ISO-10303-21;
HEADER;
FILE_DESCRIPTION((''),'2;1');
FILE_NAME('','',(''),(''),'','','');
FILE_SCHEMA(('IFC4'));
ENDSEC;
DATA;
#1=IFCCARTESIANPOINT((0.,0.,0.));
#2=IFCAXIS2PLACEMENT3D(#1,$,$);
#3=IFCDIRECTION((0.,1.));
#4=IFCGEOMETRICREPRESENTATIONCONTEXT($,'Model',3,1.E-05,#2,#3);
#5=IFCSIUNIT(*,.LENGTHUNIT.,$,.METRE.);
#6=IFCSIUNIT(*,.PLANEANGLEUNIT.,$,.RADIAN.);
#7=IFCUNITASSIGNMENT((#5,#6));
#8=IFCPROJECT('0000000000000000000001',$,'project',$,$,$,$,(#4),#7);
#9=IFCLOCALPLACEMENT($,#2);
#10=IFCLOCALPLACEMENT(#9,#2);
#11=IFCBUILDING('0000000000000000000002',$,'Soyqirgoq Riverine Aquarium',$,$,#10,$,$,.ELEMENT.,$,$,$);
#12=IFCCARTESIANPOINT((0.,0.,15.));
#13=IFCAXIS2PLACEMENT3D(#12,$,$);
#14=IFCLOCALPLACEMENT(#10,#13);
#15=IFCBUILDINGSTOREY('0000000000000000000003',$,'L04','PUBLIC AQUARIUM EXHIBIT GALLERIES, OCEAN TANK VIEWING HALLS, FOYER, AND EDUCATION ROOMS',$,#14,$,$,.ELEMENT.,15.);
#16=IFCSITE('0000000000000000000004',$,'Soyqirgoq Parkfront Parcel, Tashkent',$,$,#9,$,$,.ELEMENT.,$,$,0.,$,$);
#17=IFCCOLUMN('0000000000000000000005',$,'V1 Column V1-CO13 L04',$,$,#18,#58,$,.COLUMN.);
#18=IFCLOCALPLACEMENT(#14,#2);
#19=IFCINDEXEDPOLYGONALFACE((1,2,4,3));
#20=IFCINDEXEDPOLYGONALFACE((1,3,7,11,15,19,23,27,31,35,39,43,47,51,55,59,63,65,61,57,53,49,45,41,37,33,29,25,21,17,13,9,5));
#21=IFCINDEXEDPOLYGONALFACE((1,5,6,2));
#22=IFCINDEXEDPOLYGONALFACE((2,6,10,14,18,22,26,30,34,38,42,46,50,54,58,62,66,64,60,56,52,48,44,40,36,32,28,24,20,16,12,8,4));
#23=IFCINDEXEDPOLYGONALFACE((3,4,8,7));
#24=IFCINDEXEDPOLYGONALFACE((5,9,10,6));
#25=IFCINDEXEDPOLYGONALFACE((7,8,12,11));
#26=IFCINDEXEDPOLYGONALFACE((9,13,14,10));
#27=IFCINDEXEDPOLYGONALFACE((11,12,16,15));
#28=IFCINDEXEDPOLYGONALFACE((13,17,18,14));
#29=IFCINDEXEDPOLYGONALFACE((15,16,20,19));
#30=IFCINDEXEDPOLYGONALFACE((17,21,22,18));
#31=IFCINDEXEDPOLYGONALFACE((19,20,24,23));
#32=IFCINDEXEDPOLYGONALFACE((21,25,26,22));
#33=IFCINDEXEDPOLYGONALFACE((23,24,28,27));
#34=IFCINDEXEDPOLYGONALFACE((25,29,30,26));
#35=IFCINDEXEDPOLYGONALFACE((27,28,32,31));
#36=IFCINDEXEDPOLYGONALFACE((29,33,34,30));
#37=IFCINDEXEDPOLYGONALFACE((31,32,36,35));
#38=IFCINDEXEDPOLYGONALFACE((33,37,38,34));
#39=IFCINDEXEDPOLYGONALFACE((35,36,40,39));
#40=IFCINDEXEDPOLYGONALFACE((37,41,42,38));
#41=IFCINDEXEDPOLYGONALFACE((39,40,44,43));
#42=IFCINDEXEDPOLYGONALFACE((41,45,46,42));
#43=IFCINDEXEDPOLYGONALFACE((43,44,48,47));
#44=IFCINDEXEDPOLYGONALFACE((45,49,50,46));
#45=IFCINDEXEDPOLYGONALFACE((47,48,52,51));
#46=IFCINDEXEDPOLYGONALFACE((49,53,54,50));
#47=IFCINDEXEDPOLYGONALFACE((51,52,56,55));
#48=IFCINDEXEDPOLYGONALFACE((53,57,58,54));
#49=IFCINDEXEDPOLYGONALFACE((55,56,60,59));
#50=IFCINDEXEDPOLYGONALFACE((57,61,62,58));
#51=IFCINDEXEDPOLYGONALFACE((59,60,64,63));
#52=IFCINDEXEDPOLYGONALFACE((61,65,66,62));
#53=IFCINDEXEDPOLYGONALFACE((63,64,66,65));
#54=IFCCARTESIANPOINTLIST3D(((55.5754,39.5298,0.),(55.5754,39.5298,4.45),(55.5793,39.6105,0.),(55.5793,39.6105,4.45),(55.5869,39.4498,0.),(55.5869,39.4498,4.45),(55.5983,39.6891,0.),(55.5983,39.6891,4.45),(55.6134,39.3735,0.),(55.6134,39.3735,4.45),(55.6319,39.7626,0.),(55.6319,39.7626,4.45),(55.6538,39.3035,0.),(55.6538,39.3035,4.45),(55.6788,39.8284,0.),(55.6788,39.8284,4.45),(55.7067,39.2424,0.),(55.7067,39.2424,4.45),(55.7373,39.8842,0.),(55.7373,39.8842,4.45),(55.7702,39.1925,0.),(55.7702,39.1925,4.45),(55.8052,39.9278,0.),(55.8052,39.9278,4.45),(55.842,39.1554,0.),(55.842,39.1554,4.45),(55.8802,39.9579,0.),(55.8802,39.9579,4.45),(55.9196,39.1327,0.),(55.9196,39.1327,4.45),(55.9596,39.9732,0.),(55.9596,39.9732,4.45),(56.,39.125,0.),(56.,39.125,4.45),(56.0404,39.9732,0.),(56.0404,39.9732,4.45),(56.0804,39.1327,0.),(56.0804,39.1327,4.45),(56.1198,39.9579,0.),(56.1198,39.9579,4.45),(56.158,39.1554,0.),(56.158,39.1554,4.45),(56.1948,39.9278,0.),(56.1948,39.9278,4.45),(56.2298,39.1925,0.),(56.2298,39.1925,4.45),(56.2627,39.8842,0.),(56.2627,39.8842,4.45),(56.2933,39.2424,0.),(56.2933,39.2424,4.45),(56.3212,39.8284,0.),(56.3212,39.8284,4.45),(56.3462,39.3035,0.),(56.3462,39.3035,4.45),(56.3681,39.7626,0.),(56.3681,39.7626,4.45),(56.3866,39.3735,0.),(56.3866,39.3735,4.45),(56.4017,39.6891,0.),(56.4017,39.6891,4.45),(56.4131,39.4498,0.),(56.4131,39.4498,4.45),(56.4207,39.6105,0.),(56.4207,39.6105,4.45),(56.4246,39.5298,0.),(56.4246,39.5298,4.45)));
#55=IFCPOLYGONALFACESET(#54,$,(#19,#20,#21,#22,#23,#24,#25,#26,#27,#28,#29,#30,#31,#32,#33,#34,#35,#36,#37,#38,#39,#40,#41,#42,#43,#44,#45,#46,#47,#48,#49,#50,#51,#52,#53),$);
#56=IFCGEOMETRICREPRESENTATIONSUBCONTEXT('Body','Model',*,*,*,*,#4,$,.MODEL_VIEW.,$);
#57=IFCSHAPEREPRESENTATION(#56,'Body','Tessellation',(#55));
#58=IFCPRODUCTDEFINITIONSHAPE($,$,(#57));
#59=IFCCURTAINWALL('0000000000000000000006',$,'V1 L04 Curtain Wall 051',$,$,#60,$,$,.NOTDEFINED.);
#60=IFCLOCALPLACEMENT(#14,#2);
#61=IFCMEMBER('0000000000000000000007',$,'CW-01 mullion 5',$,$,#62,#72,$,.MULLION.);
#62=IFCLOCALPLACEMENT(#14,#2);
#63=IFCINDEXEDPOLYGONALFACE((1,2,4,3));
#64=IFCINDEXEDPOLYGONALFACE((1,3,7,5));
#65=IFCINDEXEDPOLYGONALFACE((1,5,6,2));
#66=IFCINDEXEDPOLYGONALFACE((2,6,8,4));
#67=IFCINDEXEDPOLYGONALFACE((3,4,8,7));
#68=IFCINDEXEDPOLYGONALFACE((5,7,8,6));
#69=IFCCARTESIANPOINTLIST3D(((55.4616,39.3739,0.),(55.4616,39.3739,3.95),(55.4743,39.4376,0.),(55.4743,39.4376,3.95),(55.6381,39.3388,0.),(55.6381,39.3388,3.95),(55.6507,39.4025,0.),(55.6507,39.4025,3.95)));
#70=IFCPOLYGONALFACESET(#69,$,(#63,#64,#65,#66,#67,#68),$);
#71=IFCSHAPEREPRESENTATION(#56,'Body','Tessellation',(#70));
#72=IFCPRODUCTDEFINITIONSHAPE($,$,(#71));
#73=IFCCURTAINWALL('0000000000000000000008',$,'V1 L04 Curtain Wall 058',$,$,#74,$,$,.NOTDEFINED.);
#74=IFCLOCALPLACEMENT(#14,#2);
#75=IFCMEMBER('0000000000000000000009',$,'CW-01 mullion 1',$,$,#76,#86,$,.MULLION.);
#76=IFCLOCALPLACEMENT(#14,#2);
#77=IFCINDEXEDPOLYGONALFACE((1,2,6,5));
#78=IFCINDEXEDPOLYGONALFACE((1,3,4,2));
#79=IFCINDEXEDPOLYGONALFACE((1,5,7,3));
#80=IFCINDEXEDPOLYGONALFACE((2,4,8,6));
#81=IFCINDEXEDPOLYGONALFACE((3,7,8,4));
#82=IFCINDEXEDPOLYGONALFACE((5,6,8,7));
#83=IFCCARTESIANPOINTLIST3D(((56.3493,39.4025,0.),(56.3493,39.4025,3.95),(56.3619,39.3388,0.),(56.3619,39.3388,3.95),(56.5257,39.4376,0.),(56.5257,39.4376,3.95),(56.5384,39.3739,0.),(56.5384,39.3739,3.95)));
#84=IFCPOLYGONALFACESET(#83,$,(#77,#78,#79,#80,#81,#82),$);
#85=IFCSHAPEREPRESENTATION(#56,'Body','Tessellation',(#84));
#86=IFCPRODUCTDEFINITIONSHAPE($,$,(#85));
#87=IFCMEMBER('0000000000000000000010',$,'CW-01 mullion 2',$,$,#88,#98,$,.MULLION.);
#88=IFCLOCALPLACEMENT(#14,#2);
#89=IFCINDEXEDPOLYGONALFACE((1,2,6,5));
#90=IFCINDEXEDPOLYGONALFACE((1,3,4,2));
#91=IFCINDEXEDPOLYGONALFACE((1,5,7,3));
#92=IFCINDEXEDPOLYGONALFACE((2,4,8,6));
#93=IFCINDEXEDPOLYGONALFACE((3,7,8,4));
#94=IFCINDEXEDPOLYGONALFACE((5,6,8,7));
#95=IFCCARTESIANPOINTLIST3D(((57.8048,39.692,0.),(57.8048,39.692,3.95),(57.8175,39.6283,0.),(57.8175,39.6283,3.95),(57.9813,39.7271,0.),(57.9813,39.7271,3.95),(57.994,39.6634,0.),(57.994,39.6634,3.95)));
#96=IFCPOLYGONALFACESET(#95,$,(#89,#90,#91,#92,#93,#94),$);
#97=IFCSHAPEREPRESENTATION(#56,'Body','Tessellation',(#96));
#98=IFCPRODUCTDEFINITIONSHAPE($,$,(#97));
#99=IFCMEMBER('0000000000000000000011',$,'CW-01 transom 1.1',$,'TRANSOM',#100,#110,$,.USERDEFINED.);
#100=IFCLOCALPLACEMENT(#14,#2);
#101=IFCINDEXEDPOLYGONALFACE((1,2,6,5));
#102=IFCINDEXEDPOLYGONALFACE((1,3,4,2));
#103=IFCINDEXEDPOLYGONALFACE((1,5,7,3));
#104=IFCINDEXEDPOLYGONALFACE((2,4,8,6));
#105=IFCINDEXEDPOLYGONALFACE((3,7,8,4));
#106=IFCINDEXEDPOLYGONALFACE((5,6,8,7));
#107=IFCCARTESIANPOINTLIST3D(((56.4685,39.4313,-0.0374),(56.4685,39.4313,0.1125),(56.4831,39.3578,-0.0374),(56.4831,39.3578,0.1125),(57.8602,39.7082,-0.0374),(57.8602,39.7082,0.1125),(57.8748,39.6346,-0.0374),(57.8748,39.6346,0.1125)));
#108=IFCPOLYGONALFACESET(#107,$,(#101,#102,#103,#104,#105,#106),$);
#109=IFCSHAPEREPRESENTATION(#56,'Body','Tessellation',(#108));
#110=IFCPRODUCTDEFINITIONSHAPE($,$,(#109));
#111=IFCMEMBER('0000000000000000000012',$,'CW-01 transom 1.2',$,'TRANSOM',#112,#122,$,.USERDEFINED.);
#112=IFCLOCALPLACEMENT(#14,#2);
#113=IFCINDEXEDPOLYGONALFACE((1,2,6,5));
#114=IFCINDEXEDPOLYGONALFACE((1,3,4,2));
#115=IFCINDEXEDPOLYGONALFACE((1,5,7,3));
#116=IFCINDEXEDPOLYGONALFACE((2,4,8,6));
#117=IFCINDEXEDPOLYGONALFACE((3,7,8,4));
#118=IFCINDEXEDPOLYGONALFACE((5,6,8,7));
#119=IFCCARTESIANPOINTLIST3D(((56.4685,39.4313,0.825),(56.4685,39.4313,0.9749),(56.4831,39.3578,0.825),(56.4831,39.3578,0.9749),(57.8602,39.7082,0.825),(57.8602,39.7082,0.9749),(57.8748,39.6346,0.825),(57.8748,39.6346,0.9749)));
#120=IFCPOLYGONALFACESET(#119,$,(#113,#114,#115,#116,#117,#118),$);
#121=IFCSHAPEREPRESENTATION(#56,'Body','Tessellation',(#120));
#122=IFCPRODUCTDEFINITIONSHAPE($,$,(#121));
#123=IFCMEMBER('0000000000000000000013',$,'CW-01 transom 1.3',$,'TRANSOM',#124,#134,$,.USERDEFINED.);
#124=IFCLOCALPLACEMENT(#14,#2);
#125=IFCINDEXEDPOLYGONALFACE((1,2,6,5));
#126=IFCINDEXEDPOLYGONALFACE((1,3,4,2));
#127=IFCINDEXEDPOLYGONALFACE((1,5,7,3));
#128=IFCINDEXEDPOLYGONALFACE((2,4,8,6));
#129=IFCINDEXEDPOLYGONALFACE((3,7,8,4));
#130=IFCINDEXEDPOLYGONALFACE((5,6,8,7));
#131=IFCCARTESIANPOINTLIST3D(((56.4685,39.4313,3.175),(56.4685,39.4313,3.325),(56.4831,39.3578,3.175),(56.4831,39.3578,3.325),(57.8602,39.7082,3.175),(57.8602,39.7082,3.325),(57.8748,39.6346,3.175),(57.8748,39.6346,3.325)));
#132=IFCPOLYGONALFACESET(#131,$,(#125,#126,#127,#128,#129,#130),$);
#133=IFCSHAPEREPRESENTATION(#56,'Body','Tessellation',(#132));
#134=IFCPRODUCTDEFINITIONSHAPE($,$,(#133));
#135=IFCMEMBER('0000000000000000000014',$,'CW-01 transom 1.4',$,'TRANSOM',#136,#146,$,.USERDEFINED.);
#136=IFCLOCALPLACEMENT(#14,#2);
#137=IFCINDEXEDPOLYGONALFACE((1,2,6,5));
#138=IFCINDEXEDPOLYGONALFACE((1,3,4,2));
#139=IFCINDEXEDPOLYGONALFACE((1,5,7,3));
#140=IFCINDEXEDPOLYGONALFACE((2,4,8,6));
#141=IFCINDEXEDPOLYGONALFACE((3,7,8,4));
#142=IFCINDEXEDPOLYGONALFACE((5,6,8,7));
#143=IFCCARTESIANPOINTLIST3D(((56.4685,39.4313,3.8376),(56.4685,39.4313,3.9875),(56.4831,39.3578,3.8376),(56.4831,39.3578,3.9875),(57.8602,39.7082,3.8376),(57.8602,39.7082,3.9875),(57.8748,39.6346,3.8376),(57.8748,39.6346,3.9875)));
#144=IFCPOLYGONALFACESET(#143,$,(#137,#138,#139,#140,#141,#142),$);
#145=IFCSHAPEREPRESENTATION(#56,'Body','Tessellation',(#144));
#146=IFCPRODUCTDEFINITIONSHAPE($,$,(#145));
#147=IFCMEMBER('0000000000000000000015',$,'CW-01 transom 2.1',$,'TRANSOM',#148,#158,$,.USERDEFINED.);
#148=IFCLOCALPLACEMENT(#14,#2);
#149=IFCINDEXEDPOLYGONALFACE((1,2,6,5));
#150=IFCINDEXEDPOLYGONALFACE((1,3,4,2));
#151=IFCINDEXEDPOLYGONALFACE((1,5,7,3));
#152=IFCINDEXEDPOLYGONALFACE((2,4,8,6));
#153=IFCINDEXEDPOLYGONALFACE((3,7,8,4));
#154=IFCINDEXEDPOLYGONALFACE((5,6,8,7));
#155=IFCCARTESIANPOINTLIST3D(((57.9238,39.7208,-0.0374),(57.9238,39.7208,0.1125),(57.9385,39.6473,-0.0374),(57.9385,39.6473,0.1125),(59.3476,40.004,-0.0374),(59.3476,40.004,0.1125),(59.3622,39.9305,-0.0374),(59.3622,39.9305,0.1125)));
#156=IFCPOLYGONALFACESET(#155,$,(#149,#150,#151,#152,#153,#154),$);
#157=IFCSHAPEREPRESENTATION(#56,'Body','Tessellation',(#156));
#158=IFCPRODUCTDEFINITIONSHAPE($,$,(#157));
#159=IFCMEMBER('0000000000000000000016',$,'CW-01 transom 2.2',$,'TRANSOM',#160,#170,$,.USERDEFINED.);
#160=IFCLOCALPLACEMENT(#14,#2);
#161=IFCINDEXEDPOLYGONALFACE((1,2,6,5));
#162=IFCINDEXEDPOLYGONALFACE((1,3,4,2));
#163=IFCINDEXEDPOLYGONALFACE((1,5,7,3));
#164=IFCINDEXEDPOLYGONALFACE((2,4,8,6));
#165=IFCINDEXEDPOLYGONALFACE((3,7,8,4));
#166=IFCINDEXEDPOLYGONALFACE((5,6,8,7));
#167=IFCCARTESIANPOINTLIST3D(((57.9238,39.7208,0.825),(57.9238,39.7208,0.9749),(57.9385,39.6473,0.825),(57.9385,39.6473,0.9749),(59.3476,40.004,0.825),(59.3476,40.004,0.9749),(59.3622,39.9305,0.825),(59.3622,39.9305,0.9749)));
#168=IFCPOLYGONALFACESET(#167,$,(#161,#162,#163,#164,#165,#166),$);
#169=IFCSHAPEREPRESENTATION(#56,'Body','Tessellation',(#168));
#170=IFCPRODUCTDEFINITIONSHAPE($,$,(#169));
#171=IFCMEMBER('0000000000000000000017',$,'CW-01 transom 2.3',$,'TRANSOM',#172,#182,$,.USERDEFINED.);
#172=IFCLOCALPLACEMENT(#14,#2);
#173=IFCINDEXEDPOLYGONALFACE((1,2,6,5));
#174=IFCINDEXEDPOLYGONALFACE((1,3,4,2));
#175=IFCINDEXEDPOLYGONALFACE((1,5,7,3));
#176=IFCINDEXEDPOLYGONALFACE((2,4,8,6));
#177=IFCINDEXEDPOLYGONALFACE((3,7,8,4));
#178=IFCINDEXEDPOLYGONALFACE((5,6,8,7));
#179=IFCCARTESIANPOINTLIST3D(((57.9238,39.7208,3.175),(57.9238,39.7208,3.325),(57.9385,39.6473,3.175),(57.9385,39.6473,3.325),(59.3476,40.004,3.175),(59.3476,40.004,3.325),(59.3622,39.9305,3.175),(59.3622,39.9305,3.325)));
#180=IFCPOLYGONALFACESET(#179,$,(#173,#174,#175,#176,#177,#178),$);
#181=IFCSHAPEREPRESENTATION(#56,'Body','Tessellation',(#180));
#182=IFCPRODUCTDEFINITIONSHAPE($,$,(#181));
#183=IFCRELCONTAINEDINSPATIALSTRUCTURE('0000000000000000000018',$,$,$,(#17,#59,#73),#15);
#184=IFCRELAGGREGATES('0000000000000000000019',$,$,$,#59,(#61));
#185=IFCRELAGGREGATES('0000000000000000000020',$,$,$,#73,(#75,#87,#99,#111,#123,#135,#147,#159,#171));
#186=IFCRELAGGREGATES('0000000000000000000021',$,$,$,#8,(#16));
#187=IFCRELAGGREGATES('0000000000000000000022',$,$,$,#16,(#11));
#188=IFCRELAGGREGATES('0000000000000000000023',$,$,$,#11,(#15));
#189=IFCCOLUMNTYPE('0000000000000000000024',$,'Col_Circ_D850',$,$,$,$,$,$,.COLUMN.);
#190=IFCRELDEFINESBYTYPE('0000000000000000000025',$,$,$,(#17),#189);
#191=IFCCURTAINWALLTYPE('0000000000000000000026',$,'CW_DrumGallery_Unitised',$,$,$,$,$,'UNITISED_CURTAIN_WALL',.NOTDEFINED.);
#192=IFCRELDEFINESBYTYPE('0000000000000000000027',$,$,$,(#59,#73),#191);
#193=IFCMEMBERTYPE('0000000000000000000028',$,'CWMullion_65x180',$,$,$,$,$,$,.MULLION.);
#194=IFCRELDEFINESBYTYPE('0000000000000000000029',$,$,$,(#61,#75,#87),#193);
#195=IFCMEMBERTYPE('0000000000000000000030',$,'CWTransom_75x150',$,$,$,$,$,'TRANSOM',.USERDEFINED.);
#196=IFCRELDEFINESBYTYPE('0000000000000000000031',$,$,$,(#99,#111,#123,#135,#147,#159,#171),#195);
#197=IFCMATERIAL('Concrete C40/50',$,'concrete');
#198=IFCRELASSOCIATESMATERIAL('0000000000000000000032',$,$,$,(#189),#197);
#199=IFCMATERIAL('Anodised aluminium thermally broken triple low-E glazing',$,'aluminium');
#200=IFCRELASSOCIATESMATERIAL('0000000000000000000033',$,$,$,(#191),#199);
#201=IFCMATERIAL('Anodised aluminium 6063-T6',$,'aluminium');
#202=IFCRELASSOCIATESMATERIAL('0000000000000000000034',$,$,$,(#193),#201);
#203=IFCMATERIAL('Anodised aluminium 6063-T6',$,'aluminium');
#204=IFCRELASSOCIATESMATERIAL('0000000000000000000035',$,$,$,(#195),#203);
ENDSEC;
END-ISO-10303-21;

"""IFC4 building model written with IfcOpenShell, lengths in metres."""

from ifc_helpers import new_model, si_unit, direction, frame, origin, origin_2d, place, context, subcontext, project, spatial, rectangle, circle, extrude, material, material_profile, profile_set, type_object, element, aggregate, save


model = new_model("IFC4")

# Units and contexts
model_context = context("Model", 3, precision=1e-05, world=origin(), true_north=direction((0.0, 1.0)))
body_context = subcontext(model_context, "Body", "Model", "MODEL_VIEW")
ifc_project = project(units=[si_unit("LENGTHUNIT", "METRE"), si_unit("PLANEANGLEUNIT", "RADIAN")], contexts=[model_context])

# Site, building, storey
site_placement = place(None, origin())
site = spatial("IfcSite", under=ifc_project, at=site_placement, Name="Soyqirgoq Parkfront Parcel, Tashkent", CompositionType="ELEMENT", RefElevation=0.0)
building_placement = place(site_placement, origin())
building = spatial("IfcBuilding", under=site, at=building_placement, Name="Soyqirgoq Riverine Aquarium", CompositionType="ELEMENT")
storey_placement = place(building_placement, frame((0.0, 0.0, 15.0)))
storey = spatial("IfcBuildingStorey", under=building, at=storey_placement, Name="L04", Description="PUBLIC AQUARIUM EXHIBIT GALLERIES, OCEAN TANK VIEWING HALLS, FOYER, AND EDUCATION ROOMS", CompositionType="ELEMENT", Elevation=15.0)

# Column
ifc_material_1 = material(Name="Concrete C40/50", Category="concrete")
ifc_material_profile_1 = material_profile(ifc_material_1, circle(Radius=0.425, at=origin_2d()), Name="RC-COL D850")
ifc_profile_set_1 = profile_set([ifc_material_profile_1], Name="Concrete C40/50")
column_type = type_object("IfcColumnType", Name="Col_Circ_D850", PredefinedType="COLUMN", material=ifc_profile_set_1)
column_placement = place(storey_placement, frame((56.0, 39.55, 0.0), z_axis=(0.0, 0.0, 1.0), x_axis=(0.0, -1.0, 0.0)))
element("IfcColumn", 1, at=column_placement, inside=storey, type_object=column_type, Name="V1 Column V1-CO13 L04", PredefinedType="COLUMN", context=body_context, shape_type="SweptSolid", body=[
    extrude(circle(Radius=0.425, at=origin_2d()), origin(), (0.0, 0.0, 1.0), 4.45),
])

# Curtain wall, member
ifc_material_2 = material(Name="Anodised aluminium thermally broken triple low-E glazing", Category="aluminium")
curtain_wall_type = type_object("IfcCurtainWallType", Name="CW_DrumGallery_Unitised", ElementType="UNITISED_CURTAIN_WALL", PredefinedType="NOTDEFINED", material=ifc_material_2)
curtain_wall_1_placement = place(storey_placement, origin())
curtain_wall_1 = element("IfcCurtainWall", 2, at=curtain_wall_1_placement, inside=storey, type_object=curtain_wall_type, Name="V1 L04 Curtain Wall 051", PredefinedType="NOTDEFINED")
ifc_material_3 = material(Name="Anodised aluminium 6063-T6", Category="aluminium")
ifc_material_profile_2 = material_profile(ifc_material_3, rectangle(XDim=0.0649, YDim=0.1799, at=origin_2d()), Name="ALU-M 65x180")
ifc_profile_set_2 = profile_set([ifc_material_profile_2], Name="Anodised aluminium 6063-T6")
member_type_1 = type_object("IfcMemberType", Name="CWMullion_65x180", PredefinedType="MULLION", material=ifc_profile_set_2)
member_1_placement = place(storey_placement, frame((55.5562, 39.3882, 0.0), z_axis=(0.0, 0.0, 1.0), x_axis=(0.195102, 0.980783, 0.0)))
member_1 = element("IfcMember", 3, at=member_1_placement, type_object=member_type_1, Name="CW-01 mullion 5", PredefinedType="MULLION", context=body_context, shape_type="SweptSolid", body=[
    extrude(rectangle(XDim=0.0649, YDim=0.1799, at=origin_2d()), origin(), (0.0, 0.0, 1.0), 3.95),
])

# Curtain wall, members
curtain_wall_2_placement = place(storey_placement, origin())
curtain_wall_2 = element("IfcCurtainWall", 4, at=curtain_wall_2_placement, inside=storey, type_object=curtain_wall_type, Name="V1 L04 Curtain Wall 058", PredefinedType="NOTDEFINED")
member_2_placement = place(storey_placement, frame((56.4438, 39.3882, 0.0), z_axis=(0.0, 0.0, 1.0), x_axis=(-0.195102, 0.980783, 0.0)))
member_2 = element("IfcMember", 5, at=member_2_placement, type_object=member_type_1, Name="CW-01 mullion 1", PredefinedType="MULLION", context=body_context, shape_type="SweptSolid", body=[
    extrude(rectangle(XDim=0.0649, YDim=0.1799, at=origin_2d()), origin(), (0.0, 0.0, 1.0), 3.95),
])
member_3_placement = place(storey_placement, frame((57.8994, 39.6777, 0.0), z_axis=(0.0, 0.0, 1.0), x_axis=(-0.195102, 0.980783, 0.0)))
member_3 = element("IfcMember", 6, at=member_3_placement, type_object=member_type_1, Name="CW-01 mullion 2", PredefinedType="MULLION", context=body_context, shape_type="SweptSolid", body=[
    extrude(rectangle(XDim=0.0649, YDim=0.1799, at=origin_2d()), origin(), (0.0, 0.0, 1.0), 3.95),
])
ifc_material_4 = material(Name="Anodised aluminium 6063-T6", Category="aluminium")
ifc_material_profile_3 = material_profile(ifc_material_4, rectangle(XDim=0.075, YDim=0.1499, at=origin_2d()), Name="ALU-T 75x150")
ifc_profile_set_3 = profile_set([ifc_material_profile_3], Name="Anodised aluminium 6063-T6")
member_type_2 = type_object("IfcMemberType", Name="CWTransom_75x150", ElementType="TRANSOM", PredefinedType="USERDEFINED", material=ifc_profile_set_3)
member_4_placement = place(storey_placement, frame((56.4758, 39.3945, 0.0376), z_axis=(0.980779, 0.195123, 0.0), x_axis=(-0.195123, 0.980779, 0.0)))
member_4 = element("IfcMember", 7, at=member_4_placement, type_object=member_type_2, Name="CW-01 transom 1.1", ObjectType="TRANSOM", PredefinedType="USERDEFINED", context=body_context, shape_type="SweptSolid", body=[
    extrude(rectangle(XDim=0.075, YDim=0.1499, at=origin_2d()), origin(), (0.0, 0.0, 1.0), 1.4189),
])
member_5_placement = place(storey_placement, frame((56.4758, 39.3945, 0.8999), z_axis=(0.980779, 0.195123, 0.0), x_axis=(-0.195123, 0.980779, 0.0)))
member_5 = element("IfcMember", 8, at=member_5_placement, type_object=member_type_2, Name="CW-01 transom 1.2", ObjectType="TRANSOM", PredefinedType="USERDEFINED", context=body_context, shape_type="SweptSolid", body=[
    extrude(rectangle(XDim=0.075, YDim=0.1499, at=origin_2d()), origin(), (0.0, 0.0, 1.0), 1.4189),
])
member_6_placement = place(storey_placement, frame((56.4758, 39.3945, 3.25), z_axis=(0.980779, 0.195123, 0.0), x_axis=(-0.195123, 0.980779, 0.0)))
member_6 = element("IfcMember", 9, at=member_6_placement, type_object=member_type_2, Name="CW-01 transom 1.3", ObjectType="TRANSOM", PredefinedType="USERDEFINED", context=body_context, shape_type="SweptSolid", body=[
    extrude(rectangle(XDim=0.075, YDim=0.1499, at=origin_2d()), origin(), (0.0, 0.0, 1.0), 1.4189),
])
member_7_placement = place(storey_placement, frame((56.4758, 39.3945, 3.9126), z_axis=(0.980779, 0.195123, 0.0), x_axis=(-0.195123, 0.980779, 0.0)))
member_7 = element("IfcMember", 10, at=member_7_placement, type_object=member_type_2, Name="CW-01 transom 1.4", ObjectType="TRANSOM", PredefinedType="USERDEFINED", context=body_context, shape_type="SweptSolid", body=[
    extrude(rectangle(XDim=0.075, YDim=0.1499, at=origin_2d()), origin(), (0.0, 0.0, 1.0), 1.4189),
])
member_8_placement = place(storey_placement, frame((57.9312, 39.6841, 0.0376), z_axis=(0.980787, 0.195081, 0.0), x_axis=(-0.195081, 0.980787, 0.0)))
member_8 = element("IfcMember", 11, at=member_8_placement, type_object=member_type_2, Name="CW-01 transom 2.1", ObjectType="TRANSOM", PredefinedType="USERDEFINED", context=body_context, shape_type="SweptSolid", body=[
    extrude(rectangle(XDim=0.075, YDim=0.1499, at=origin_2d()), origin(), (0.0, 0.0, 1.0), 1.4517),
])
member_9_placement = place(storey_placement, frame((57.9312, 39.6841, 0.8999), z_axis=(0.980787, 0.195081, 0.0), x_axis=(-0.195081, 0.980787, 0.0)))
member_9 = element("IfcMember", 12, at=member_9_placement, type_object=member_type_2, Name="CW-01 transom 2.2", ObjectType="TRANSOM", PredefinedType="USERDEFINED", context=body_context, shape_type="SweptSolid", body=[
    extrude(rectangle(XDim=0.075, YDim=0.1499, at=origin_2d()), origin(), (0.0, 0.0, 1.0), 1.4517),
])
member_10_placement = place(storey_placement, frame((57.9312, 39.6841, 3.25), z_axis=(0.980787, 0.195081, 0.0), x_axis=(-0.195081, 0.980787, 0.0)))
member_10 = element("IfcMember", 13, at=member_10_placement, type_object=member_type_2, Name="CW-01 transom 2.3", ObjectType="TRANSOM", PredefinedType="USERDEFINED", context=body_context, shape_type="SweptSolid", body=[
    extrude(rectangle(XDim=0.075, YDim=0.1499, at=origin_2d()), origin(), (0.0, 0.0, 1.0), 1.4517),
])

aggregate(curtain_wall_1, [member_1])
aggregate(curtain_wall_2, [member_2, member_3, member_4, member_5, member_6, member_7, member_8, member_9, member_10])

save(model, "model.ifc")
